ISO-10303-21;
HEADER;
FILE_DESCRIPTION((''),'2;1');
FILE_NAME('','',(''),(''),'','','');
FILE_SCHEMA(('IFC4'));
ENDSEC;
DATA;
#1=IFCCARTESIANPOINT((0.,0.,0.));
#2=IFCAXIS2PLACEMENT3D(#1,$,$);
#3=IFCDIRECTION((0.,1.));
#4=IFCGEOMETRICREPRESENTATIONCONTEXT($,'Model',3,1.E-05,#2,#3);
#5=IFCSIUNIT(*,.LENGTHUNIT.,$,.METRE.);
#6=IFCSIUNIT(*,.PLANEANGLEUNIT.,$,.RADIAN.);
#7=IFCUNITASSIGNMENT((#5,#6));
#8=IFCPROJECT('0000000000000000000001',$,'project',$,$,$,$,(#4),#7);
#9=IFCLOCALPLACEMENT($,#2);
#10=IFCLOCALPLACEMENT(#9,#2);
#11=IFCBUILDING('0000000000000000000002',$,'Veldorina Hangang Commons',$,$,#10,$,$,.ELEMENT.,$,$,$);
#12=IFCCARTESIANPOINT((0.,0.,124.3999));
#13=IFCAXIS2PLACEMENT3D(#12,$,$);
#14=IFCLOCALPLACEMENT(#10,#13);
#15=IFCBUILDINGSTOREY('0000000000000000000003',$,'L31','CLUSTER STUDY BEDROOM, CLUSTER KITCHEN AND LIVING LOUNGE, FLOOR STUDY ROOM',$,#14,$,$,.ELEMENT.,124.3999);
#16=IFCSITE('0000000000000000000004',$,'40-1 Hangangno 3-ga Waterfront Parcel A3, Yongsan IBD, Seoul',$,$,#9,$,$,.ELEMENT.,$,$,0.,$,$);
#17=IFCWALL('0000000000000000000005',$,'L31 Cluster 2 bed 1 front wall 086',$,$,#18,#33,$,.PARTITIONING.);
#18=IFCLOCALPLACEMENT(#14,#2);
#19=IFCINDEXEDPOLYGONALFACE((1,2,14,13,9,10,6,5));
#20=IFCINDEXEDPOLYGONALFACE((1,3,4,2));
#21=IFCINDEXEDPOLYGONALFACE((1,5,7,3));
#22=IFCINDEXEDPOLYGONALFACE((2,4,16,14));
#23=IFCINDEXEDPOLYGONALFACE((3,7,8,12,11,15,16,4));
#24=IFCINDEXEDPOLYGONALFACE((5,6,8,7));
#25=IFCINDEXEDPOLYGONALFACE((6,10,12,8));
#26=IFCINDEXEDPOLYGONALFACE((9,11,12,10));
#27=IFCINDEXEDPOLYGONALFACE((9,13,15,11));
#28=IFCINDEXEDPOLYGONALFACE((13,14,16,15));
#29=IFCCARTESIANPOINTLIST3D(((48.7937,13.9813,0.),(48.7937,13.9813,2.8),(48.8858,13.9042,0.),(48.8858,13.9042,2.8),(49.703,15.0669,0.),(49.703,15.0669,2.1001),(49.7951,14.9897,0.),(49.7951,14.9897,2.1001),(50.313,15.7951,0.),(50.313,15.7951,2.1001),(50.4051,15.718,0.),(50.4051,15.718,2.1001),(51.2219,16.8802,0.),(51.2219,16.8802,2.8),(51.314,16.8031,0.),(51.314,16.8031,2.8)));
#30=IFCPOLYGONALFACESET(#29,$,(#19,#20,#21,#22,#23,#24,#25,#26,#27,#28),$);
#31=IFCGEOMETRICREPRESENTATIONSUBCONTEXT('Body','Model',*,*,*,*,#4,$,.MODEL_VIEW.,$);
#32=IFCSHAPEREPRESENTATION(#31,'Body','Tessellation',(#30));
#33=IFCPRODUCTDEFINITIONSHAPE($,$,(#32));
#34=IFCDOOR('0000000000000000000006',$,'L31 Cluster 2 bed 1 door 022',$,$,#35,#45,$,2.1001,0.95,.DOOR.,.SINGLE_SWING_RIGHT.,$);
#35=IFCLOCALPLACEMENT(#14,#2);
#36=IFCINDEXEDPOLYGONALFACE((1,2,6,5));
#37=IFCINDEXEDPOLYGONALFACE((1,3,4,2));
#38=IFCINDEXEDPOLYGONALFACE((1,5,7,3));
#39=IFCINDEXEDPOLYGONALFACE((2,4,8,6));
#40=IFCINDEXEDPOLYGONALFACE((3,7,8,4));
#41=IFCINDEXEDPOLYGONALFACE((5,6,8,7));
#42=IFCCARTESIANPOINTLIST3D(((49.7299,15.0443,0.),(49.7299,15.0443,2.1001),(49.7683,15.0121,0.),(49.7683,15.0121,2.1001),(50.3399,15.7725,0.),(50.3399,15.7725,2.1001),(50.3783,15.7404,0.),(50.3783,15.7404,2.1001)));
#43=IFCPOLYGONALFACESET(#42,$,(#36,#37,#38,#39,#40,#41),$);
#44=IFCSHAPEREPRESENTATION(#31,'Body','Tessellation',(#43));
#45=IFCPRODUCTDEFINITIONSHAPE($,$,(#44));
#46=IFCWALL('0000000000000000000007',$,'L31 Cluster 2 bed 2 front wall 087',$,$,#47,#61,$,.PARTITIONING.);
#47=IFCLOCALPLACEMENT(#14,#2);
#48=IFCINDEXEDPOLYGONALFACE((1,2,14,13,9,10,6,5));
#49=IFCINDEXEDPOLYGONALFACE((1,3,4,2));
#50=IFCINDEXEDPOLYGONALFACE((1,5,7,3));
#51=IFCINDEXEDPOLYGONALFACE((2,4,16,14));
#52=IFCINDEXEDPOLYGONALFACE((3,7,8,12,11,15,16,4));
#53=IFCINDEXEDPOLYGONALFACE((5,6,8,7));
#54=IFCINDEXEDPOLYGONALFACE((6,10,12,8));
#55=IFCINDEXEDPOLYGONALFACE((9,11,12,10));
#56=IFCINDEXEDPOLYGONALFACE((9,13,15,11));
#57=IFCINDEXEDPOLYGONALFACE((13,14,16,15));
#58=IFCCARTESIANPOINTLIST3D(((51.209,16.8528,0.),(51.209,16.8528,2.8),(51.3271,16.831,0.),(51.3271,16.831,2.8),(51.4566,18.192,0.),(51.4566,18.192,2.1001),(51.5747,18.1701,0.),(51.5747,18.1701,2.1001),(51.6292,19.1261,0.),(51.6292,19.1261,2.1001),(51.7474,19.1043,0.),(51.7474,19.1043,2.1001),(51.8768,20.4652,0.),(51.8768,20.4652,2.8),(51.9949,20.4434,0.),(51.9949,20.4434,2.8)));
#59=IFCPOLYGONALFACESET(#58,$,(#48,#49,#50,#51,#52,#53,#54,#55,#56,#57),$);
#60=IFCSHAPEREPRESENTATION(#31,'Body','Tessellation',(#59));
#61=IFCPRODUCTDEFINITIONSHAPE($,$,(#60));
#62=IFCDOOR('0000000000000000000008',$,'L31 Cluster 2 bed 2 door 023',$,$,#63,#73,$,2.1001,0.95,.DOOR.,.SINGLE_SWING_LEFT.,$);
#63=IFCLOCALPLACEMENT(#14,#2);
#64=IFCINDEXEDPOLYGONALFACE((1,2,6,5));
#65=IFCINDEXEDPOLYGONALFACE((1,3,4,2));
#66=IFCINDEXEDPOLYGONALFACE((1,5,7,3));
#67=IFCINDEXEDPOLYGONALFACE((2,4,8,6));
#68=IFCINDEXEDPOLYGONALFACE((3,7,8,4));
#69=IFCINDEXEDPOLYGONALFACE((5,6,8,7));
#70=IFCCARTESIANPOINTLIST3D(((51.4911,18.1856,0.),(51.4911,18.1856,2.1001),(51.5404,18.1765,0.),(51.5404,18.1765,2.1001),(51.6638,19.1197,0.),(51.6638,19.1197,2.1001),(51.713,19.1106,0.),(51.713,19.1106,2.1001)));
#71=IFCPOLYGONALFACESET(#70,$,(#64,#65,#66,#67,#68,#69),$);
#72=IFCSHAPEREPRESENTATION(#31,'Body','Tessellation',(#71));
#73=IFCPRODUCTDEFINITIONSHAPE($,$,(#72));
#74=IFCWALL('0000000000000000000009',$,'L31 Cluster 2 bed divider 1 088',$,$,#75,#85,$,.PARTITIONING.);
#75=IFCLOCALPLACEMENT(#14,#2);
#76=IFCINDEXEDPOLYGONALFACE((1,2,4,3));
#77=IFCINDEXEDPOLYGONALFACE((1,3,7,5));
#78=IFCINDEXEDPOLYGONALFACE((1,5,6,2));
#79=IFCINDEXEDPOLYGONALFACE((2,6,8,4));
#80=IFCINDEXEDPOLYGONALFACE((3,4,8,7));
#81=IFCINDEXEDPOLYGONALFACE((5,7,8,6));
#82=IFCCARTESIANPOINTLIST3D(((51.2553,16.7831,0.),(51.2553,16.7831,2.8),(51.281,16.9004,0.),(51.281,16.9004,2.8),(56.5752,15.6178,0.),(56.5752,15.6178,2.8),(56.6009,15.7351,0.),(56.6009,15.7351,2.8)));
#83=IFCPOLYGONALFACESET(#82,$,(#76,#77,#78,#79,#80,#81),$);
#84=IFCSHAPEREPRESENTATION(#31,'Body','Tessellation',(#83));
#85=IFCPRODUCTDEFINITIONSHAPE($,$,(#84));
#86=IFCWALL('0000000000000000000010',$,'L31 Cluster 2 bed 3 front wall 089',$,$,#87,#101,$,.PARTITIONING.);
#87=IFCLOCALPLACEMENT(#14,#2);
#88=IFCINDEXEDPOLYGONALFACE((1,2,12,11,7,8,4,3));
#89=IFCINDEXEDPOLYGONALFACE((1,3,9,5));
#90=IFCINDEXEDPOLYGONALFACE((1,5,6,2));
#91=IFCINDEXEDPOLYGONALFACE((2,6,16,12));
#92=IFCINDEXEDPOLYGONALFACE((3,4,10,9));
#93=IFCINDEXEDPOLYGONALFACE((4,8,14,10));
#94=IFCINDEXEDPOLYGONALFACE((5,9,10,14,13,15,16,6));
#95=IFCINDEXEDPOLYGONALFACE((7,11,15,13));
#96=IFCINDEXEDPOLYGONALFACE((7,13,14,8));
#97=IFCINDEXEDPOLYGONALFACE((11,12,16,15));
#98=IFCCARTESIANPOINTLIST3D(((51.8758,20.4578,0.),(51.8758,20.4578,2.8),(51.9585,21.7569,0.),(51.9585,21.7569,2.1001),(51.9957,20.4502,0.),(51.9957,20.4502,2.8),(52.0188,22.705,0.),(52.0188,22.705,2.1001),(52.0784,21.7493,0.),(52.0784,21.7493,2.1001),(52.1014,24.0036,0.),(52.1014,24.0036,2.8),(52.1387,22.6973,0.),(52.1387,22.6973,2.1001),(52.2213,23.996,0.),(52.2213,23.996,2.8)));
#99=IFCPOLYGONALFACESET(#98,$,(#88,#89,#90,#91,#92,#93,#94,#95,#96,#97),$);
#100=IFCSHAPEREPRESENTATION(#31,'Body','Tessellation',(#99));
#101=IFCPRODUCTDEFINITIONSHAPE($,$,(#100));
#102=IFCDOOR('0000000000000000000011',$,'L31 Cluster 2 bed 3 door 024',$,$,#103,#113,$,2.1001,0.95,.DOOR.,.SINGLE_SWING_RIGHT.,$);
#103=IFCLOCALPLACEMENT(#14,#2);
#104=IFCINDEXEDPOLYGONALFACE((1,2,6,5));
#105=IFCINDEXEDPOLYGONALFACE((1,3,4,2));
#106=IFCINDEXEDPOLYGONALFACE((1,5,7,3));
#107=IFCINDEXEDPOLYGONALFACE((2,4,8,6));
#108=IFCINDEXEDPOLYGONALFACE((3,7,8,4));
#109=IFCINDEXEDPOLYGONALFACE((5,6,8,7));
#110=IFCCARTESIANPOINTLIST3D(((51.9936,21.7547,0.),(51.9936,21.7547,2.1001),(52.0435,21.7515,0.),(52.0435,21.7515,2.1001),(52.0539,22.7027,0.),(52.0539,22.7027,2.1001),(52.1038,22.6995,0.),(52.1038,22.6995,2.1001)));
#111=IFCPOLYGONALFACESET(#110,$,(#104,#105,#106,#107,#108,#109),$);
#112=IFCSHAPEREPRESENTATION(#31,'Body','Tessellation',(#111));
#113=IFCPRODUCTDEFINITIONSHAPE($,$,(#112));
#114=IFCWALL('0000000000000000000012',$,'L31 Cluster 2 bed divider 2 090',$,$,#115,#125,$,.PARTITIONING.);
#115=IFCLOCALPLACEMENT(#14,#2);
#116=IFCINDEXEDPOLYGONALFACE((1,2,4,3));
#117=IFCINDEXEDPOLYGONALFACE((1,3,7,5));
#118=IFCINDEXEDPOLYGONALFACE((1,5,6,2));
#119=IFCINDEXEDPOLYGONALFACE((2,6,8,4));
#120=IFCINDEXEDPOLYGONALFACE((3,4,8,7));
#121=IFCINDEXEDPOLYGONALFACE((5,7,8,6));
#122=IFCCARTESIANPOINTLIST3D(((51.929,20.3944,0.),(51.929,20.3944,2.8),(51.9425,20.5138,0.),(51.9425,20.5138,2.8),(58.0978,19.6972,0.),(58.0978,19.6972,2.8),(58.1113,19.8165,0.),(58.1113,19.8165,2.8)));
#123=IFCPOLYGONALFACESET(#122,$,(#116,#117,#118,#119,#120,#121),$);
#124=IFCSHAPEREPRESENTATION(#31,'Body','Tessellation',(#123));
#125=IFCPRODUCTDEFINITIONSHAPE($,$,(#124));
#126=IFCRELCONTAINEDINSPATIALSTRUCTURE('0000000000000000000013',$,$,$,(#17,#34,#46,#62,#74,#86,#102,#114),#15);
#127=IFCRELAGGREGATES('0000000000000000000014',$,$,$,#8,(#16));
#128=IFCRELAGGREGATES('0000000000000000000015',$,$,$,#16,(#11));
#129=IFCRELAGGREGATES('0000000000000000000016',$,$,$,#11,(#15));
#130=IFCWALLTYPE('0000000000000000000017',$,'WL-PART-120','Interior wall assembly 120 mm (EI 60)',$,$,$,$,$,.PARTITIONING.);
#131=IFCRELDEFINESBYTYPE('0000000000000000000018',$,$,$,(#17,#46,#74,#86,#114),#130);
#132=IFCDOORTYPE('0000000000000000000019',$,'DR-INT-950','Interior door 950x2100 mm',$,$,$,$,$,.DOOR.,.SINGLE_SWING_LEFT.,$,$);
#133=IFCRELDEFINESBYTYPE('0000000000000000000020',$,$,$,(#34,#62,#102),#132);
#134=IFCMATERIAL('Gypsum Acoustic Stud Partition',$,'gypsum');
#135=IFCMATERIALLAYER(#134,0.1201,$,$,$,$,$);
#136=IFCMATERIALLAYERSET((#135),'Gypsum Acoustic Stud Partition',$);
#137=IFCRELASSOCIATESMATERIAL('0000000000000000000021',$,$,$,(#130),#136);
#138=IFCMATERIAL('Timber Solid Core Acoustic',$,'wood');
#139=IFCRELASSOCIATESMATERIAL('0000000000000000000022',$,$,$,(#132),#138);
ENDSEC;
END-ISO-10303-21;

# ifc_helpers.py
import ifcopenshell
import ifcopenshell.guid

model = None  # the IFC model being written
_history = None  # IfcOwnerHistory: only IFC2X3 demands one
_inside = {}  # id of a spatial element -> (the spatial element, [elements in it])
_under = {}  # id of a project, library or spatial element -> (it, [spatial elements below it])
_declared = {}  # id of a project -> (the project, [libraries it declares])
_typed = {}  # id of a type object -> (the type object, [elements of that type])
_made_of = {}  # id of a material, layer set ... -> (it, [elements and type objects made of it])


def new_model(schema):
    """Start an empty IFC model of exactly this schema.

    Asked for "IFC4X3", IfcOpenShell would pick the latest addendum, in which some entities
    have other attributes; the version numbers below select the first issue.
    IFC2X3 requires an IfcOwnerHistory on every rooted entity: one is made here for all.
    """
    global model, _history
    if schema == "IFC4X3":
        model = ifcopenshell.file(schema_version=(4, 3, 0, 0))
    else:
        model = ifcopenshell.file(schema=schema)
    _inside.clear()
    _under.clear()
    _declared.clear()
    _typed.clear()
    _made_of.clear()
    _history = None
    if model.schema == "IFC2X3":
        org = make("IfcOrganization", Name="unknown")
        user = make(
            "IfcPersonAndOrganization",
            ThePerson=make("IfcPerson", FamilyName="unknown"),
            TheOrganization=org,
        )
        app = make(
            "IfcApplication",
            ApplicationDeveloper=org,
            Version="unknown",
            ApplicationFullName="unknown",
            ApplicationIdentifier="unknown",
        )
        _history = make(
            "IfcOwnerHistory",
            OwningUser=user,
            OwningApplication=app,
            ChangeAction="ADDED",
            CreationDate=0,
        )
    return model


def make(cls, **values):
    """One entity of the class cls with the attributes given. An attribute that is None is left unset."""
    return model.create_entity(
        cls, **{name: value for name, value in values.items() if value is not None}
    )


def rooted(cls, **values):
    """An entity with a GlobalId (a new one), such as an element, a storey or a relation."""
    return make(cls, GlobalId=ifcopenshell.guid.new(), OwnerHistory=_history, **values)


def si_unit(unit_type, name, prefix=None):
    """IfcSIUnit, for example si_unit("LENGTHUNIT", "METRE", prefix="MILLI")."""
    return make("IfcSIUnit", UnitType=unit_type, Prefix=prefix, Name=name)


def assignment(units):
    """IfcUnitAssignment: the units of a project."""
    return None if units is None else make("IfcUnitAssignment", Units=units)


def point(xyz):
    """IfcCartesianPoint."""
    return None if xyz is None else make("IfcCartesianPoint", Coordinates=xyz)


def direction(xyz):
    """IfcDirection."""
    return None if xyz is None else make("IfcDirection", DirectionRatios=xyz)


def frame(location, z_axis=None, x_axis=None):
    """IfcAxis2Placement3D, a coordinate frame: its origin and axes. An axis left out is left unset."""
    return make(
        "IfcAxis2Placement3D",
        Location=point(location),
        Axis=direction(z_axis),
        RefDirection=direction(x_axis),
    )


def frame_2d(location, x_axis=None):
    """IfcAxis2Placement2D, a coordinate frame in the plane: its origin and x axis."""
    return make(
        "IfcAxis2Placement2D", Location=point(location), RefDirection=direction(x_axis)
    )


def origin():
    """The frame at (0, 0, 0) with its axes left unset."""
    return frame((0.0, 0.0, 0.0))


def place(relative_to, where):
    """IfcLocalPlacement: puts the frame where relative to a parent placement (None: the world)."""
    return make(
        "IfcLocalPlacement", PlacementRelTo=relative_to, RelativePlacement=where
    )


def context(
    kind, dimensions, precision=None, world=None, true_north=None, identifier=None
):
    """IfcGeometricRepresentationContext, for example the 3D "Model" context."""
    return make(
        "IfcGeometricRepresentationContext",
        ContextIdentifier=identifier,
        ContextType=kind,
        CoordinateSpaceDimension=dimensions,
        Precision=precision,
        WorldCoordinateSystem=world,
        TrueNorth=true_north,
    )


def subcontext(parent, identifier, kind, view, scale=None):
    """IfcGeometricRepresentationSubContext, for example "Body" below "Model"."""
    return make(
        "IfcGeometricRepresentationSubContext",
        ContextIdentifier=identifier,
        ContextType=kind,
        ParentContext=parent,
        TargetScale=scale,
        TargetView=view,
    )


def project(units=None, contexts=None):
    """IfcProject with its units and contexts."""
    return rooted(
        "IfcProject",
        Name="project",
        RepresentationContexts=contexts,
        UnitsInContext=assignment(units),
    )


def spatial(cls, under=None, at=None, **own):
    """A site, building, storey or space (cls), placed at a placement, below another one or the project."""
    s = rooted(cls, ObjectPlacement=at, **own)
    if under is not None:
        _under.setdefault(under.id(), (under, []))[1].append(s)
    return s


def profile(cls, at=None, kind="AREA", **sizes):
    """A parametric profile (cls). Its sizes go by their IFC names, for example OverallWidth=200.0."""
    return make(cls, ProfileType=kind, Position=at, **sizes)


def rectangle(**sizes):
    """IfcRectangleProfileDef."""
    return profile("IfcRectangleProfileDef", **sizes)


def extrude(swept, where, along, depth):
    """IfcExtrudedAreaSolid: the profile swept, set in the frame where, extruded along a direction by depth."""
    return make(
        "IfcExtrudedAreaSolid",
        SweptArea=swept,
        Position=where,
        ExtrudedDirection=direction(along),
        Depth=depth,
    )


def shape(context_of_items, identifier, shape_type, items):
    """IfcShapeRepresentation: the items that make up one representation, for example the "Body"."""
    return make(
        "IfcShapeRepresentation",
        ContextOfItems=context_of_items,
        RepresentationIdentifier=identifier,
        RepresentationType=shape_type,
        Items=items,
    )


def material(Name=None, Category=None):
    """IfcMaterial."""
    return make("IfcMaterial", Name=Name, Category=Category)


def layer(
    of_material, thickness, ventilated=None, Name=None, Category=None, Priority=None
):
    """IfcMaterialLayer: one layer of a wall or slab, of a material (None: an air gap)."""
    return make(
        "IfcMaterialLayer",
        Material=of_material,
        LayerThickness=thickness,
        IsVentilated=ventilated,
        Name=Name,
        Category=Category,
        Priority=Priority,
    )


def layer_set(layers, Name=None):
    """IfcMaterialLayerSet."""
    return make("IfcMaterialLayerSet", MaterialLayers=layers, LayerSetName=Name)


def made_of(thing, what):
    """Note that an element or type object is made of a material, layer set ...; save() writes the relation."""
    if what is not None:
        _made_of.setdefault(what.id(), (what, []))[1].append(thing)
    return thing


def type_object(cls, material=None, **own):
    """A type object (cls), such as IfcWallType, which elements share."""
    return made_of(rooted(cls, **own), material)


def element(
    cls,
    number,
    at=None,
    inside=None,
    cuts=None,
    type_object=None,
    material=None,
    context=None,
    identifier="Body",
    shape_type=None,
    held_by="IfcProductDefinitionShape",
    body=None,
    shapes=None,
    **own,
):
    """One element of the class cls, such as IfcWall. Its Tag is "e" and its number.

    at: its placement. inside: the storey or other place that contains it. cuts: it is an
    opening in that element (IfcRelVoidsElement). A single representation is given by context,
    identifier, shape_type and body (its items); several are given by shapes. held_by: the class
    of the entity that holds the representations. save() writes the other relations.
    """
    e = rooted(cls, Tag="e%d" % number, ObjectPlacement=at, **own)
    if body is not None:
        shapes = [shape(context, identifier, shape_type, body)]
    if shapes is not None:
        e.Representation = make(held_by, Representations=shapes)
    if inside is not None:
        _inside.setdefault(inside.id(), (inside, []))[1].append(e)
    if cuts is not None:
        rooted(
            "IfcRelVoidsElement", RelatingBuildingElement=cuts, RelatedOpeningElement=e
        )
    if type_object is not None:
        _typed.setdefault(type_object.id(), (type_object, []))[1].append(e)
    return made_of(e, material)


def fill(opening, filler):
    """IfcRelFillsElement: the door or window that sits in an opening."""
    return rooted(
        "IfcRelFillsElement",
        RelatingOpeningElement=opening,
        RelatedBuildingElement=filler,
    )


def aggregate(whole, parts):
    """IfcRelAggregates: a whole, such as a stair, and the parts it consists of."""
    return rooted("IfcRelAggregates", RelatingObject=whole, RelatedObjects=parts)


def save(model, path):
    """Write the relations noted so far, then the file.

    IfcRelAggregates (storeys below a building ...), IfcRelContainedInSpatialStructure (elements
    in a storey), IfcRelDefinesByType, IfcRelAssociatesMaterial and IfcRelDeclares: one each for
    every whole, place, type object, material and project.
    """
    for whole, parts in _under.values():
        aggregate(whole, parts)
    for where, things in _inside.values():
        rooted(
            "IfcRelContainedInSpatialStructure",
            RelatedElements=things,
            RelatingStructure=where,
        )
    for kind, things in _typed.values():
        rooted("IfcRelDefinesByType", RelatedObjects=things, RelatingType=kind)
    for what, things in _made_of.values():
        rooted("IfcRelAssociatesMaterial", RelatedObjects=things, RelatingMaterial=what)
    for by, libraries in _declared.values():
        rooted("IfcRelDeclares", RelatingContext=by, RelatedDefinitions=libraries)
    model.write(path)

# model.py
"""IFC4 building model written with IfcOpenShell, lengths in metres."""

from ifc_helpers import new_model, si_unit, direction, frame, frame_2d, origin, place, context, subcontext, project, spatial, rectangle, extrude, material, layer, layer_set, type_object, element, fill, save


model = new_model("IFC4")

# Units and contexts
model_context = context("Model", 3, precision=1e-05, world=origin(), true_north=direction((0.0, 1.0)))
body_context = subcontext(model_context, "Body", "Model", "MODEL_VIEW")
ifc_project = project(units=[si_unit("LENGTHUNIT", "METRE"), si_unit("PLANEANGLEUNIT", "RADIAN")], contexts=[model_context])

# Site, building, storey
site_placement = place(None, origin())
site = spatial("IfcSite", under=ifc_project, at=site_placement, Name="40-1 Hangangno 3-ga Waterfront Parcel A3, Yongsan IBD, Seoul", CompositionType="ELEMENT", RefElevation=0.0)
building_placement = place(site_placement, origin())
building = spatial("IfcBuilding", under=site, at=building_placement, Name="Veldorina Hangang Commons", CompositionType="ELEMENT")
storey_placement = place(building_placement, frame((0.0, 0.0, 124.3999)))
storey = spatial("IfcBuildingStorey", under=building, at=storey_placement, Name="L31", Description="CLUSTER STUDY BEDROOM, CLUSTER KITCHEN AND LIVING LOUNGE, FLOOR STUDY ROOM", CompositionType="ELEMENT", Elevation=124.3999)

# Shared definitions
ifc_material_1 = material(Name="Gypsum Acoustic Stud Partition", Category="gypsum")
ifc_layer_1 = layer(ifc_material_1, 0.1201)
ifc_layer_set_1 = layer_set([ifc_layer_1], Name="Gypsum Acoustic Stud Partition")
wall_type_1 = type_object("IfcWallType", Name="WL-PART-120", Description="Interior wall assembly 120 mm (EI 60)", PredefinedType="PARTITIONING", material=ifc_layer_set_1)

# Walls, openings, doors
wall_1_placement = place(storey_placement, frame((48.8398, 13.9429, 0.0), z_axis=(0.0, 0.0, 1.0), x_axis=(0.642126, 0.7666, 0.0)))
wall_1 = element("IfcWall", 1, at=wall_1_placement, inside=storey, type_object=wall_type_1, Name="L31 Cluster 2 bed 1 front wall 086", PredefinedType="PARTITIONING", context=body_context, shape_type="SweptSolid", body=[
    extrude(rectangle(XDim=3.7815, YDim=0.1201, at=frame_2d((1.8906, 0.0))), origin(), (0.0, 0.0, 1.0), 2.8),
])
opening_1_placement = place(wall_1_placement, frame((1.4158, 0.0, 0.0)))
opening_1 = element("IfcOpeningElement", 2, at=opening_1_placement, cuts=wall_1, PredefinedType="OPENING", context=body_context, shape_type="SweptSolid", body=[
    extrude(rectangle(XDim=0.95, YDim=2.1001, at=frame_2d((0.4751, 1.05))), frame((0.0, 0.0701, 0.0), z_axis=(0.0, -1.0, 0.0), x_axis=(1.0, 0.0, 0.0)), (0.0, 0.0, 1.0), 0.1401),
])
ifc_material_2 = material(Name="Timber Solid Core Acoustic", Category="wood")
door_type_1 = type_object("IfcDoorType", Name="DR-INT-950", Description="Interior door 950x2100 mm", OperationType="SINGLE_SWING_LEFT", PredefinedType="DOOR", material=ifc_material_2)
door_1_placement = place(opening_1_placement, origin())
door_1 = element("IfcDoor", 3, at=door_1_placement, inside=storey, type_object=door_type_1, Name="L31 Cluster 2 bed 1 door 022", OperationType="SINGLE_SWING_RIGHT", OverallHeight=2.1001, OverallWidth=0.95, PredefinedType="DOOR", context=body_context, shape_type="SweptSolid", body=[
    extrude(rectangle(XDim=0.95, YDim=2.1001, at=frame_2d((0.4751, 1.05))), frame((0.0, 0.0249, 0.0), z_axis=(0.0, -1.0, 0.0), x_axis=(1.0, 0.0, 0.0)), (0.0, 0.0, 1.0), 0.05),
])
fill(opening_1, door_1)
wall_2_placement = place(storey_placement, frame((51.2681, 16.8418, 0.0), z_axis=(0.0, 0.0, 1.0), x_axis=(0.181768, 0.983341, 0.0)))
wall_2 = element("IfcWall", 4, at=wall_2_placement, inside=storey, type_object=wall_type_1, Name="L31 Cluster 2 bed 2 front wall 087", PredefinedType="PARTITIONING", context=body_context, shape_type="SweptSolid", body=[
    extrude(rectangle(XDim=3.6736, YDim=0.1201, at=frame_2d((1.8369, 0.0))), origin(), (0.0, 0.0, 1.0), 2.8),
])
opening_2_placement = place(wall_2_placement, frame((1.3618, 0.0, 0.0)))
opening_2 = element("IfcOpeningElement", 5, at=opening_2_placement, cuts=wall_2, PredefinedType="OPENING", context=body_context, shape_type="SweptSolid", body=[
    extrude(rectangle(XDim=0.95, YDim=2.1001, at=frame_2d((0.4751, 1.05))), frame((0.0, 0.0701, 0.0), z_axis=(0.0, -1.0, 0.0), x_axis=(1.0, 0.0, 0.0)), (0.0, 0.0, 1.0), 0.1401),
])
door_2_placement = place(opening_2_placement, origin())
door_2 = element("IfcDoor", 6, at=door_2_placement, inside=storey, type_object=door_type_1, Name="L31 Cluster 2 bed 2 door 023", OperationType="SINGLE_SWING_LEFT", OverallHeight=2.1001, OverallWidth=0.95, PredefinedType="DOOR", context=body_context, shape_type="SweptSolid", body=[
    extrude(rectangle(XDim=0.95, YDim=2.1001, at=frame_2d((0.4751, 1.05))), frame((0.0, 0.0249, 0.0), z_axis=(0.0, -1.0, 0.0), x_axis=(1.0, 0.0, 0.0)), (0.0, 0.0, 1.0), 0.05),
])
fill(opening_2, door_2)

# Wall
wall_3_placement = place(storey_placement, frame((51.2681, 16.8418, 0.0), z_axis=(0.0, 0.0, 1.0), x_axis=(0.97684, -0.213972, 0.0)))
element("IfcWall", 7, at=wall_3_placement, inside=storey, type_object=wall_type_1, Name="L31 Cluster 2 bed divider 1 088", PredefinedType="PARTITIONING", context=body_context, shape_type="SweptSolid", body=[
    extrude(rectangle(XDim=5.446, YDim=0.1201, at=frame_2d((2.7231, 0.0))), origin(), (0.0, 0.0, 1.0), 2.8),
])

# Wall, opening, door
wall_4_placement = place(storey_placement, frame((51.9358, 20.4541, 0.0), z_axis=(0.0, 0.0, 1.0), x_axis=(0.06349, 0.997982, 0.0)))
wall_4 = element("IfcWall", 8, at=wall_4_placement, inside=storey, type_object=wall_type_1, Name="L31 Cluster 2 bed 3 front wall 089", PredefinedType="PARTITIONING", context=body_context, shape_type="SweptSolid", body=[
    extrude(rectangle(XDim=3.553, YDim=0.1201, at=frame_2d((1.7764, 0.0))), origin(), (0.0, 0.0, 1.0), 2.8),
])
opening_3_placement = place(wall_4_placement, frame((1.3015, 0.0, 0.0)))
opening_3 = element("IfcOpeningElement", 9, at=opening_3_placement, cuts=wall_4, PredefinedType="OPENING", context=body_context, shape_type="SweptSolid", body=[
    extrude(rectangle(XDim=0.95, YDim=2.1001, at=frame_2d((0.4751, 1.05))), frame((0.0, 0.0701, 0.0), z_axis=(0.0, -1.0, 0.0), x_axis=(1.0, 0.0, 0.0)), (0.0, 0.0, 1.0), 0.1401),
])
door_3_placement = place(opening_3_placement, origin())
door_3 = element("IfcDoor", 10, at=door_3_placement, inside=storey, type_object=door_type_1, Name="L31 Cluster 2 bed 3 door 024", OperationType="SINGLE_SWING_RIGHT", OverallHeight=2.1001, OverallWidth=0.95, PredefinedType="DOOR", context=body_context, shape_type="SweptSolid", body=[
    extrude(rectangle(XDim=0.95, YDim=2.1001, at=frame_2d((0.4751, 1.05))), frame((0.0, 0.0249, 0.0), z_axis=(0.0, -1.0, 0.0), x_axis=(1.0, 0.0, 0.0)), (0.0, 0.0, 1.0), 0.05),
])
fill(opening_3, door_3)

# Wall
wall_5_placement = place(storey_placement, frame((51.9358, 20.4541, 0.0), z_axis=(0.0, 0.0, 1.0), x_axis=(0.993672, -0.112318, 0.0)))
element("IfcWall", 11, at=wall_5_placement, inside=storey, type_object=wall_type_1, Name="L31 Cluster 2 bed divider 2 090", PredefinedType="PARTITIONING", context=body_context, shape_type="SweptSolid", body=[
    extrude(rectangle(XDim=6.208, YDim=0.1201, at=frame_2d((3.104, 0.0))), origin(), (0.0, 0.0, 1.0), 2.8),
])

save(model, "model.ifc")
